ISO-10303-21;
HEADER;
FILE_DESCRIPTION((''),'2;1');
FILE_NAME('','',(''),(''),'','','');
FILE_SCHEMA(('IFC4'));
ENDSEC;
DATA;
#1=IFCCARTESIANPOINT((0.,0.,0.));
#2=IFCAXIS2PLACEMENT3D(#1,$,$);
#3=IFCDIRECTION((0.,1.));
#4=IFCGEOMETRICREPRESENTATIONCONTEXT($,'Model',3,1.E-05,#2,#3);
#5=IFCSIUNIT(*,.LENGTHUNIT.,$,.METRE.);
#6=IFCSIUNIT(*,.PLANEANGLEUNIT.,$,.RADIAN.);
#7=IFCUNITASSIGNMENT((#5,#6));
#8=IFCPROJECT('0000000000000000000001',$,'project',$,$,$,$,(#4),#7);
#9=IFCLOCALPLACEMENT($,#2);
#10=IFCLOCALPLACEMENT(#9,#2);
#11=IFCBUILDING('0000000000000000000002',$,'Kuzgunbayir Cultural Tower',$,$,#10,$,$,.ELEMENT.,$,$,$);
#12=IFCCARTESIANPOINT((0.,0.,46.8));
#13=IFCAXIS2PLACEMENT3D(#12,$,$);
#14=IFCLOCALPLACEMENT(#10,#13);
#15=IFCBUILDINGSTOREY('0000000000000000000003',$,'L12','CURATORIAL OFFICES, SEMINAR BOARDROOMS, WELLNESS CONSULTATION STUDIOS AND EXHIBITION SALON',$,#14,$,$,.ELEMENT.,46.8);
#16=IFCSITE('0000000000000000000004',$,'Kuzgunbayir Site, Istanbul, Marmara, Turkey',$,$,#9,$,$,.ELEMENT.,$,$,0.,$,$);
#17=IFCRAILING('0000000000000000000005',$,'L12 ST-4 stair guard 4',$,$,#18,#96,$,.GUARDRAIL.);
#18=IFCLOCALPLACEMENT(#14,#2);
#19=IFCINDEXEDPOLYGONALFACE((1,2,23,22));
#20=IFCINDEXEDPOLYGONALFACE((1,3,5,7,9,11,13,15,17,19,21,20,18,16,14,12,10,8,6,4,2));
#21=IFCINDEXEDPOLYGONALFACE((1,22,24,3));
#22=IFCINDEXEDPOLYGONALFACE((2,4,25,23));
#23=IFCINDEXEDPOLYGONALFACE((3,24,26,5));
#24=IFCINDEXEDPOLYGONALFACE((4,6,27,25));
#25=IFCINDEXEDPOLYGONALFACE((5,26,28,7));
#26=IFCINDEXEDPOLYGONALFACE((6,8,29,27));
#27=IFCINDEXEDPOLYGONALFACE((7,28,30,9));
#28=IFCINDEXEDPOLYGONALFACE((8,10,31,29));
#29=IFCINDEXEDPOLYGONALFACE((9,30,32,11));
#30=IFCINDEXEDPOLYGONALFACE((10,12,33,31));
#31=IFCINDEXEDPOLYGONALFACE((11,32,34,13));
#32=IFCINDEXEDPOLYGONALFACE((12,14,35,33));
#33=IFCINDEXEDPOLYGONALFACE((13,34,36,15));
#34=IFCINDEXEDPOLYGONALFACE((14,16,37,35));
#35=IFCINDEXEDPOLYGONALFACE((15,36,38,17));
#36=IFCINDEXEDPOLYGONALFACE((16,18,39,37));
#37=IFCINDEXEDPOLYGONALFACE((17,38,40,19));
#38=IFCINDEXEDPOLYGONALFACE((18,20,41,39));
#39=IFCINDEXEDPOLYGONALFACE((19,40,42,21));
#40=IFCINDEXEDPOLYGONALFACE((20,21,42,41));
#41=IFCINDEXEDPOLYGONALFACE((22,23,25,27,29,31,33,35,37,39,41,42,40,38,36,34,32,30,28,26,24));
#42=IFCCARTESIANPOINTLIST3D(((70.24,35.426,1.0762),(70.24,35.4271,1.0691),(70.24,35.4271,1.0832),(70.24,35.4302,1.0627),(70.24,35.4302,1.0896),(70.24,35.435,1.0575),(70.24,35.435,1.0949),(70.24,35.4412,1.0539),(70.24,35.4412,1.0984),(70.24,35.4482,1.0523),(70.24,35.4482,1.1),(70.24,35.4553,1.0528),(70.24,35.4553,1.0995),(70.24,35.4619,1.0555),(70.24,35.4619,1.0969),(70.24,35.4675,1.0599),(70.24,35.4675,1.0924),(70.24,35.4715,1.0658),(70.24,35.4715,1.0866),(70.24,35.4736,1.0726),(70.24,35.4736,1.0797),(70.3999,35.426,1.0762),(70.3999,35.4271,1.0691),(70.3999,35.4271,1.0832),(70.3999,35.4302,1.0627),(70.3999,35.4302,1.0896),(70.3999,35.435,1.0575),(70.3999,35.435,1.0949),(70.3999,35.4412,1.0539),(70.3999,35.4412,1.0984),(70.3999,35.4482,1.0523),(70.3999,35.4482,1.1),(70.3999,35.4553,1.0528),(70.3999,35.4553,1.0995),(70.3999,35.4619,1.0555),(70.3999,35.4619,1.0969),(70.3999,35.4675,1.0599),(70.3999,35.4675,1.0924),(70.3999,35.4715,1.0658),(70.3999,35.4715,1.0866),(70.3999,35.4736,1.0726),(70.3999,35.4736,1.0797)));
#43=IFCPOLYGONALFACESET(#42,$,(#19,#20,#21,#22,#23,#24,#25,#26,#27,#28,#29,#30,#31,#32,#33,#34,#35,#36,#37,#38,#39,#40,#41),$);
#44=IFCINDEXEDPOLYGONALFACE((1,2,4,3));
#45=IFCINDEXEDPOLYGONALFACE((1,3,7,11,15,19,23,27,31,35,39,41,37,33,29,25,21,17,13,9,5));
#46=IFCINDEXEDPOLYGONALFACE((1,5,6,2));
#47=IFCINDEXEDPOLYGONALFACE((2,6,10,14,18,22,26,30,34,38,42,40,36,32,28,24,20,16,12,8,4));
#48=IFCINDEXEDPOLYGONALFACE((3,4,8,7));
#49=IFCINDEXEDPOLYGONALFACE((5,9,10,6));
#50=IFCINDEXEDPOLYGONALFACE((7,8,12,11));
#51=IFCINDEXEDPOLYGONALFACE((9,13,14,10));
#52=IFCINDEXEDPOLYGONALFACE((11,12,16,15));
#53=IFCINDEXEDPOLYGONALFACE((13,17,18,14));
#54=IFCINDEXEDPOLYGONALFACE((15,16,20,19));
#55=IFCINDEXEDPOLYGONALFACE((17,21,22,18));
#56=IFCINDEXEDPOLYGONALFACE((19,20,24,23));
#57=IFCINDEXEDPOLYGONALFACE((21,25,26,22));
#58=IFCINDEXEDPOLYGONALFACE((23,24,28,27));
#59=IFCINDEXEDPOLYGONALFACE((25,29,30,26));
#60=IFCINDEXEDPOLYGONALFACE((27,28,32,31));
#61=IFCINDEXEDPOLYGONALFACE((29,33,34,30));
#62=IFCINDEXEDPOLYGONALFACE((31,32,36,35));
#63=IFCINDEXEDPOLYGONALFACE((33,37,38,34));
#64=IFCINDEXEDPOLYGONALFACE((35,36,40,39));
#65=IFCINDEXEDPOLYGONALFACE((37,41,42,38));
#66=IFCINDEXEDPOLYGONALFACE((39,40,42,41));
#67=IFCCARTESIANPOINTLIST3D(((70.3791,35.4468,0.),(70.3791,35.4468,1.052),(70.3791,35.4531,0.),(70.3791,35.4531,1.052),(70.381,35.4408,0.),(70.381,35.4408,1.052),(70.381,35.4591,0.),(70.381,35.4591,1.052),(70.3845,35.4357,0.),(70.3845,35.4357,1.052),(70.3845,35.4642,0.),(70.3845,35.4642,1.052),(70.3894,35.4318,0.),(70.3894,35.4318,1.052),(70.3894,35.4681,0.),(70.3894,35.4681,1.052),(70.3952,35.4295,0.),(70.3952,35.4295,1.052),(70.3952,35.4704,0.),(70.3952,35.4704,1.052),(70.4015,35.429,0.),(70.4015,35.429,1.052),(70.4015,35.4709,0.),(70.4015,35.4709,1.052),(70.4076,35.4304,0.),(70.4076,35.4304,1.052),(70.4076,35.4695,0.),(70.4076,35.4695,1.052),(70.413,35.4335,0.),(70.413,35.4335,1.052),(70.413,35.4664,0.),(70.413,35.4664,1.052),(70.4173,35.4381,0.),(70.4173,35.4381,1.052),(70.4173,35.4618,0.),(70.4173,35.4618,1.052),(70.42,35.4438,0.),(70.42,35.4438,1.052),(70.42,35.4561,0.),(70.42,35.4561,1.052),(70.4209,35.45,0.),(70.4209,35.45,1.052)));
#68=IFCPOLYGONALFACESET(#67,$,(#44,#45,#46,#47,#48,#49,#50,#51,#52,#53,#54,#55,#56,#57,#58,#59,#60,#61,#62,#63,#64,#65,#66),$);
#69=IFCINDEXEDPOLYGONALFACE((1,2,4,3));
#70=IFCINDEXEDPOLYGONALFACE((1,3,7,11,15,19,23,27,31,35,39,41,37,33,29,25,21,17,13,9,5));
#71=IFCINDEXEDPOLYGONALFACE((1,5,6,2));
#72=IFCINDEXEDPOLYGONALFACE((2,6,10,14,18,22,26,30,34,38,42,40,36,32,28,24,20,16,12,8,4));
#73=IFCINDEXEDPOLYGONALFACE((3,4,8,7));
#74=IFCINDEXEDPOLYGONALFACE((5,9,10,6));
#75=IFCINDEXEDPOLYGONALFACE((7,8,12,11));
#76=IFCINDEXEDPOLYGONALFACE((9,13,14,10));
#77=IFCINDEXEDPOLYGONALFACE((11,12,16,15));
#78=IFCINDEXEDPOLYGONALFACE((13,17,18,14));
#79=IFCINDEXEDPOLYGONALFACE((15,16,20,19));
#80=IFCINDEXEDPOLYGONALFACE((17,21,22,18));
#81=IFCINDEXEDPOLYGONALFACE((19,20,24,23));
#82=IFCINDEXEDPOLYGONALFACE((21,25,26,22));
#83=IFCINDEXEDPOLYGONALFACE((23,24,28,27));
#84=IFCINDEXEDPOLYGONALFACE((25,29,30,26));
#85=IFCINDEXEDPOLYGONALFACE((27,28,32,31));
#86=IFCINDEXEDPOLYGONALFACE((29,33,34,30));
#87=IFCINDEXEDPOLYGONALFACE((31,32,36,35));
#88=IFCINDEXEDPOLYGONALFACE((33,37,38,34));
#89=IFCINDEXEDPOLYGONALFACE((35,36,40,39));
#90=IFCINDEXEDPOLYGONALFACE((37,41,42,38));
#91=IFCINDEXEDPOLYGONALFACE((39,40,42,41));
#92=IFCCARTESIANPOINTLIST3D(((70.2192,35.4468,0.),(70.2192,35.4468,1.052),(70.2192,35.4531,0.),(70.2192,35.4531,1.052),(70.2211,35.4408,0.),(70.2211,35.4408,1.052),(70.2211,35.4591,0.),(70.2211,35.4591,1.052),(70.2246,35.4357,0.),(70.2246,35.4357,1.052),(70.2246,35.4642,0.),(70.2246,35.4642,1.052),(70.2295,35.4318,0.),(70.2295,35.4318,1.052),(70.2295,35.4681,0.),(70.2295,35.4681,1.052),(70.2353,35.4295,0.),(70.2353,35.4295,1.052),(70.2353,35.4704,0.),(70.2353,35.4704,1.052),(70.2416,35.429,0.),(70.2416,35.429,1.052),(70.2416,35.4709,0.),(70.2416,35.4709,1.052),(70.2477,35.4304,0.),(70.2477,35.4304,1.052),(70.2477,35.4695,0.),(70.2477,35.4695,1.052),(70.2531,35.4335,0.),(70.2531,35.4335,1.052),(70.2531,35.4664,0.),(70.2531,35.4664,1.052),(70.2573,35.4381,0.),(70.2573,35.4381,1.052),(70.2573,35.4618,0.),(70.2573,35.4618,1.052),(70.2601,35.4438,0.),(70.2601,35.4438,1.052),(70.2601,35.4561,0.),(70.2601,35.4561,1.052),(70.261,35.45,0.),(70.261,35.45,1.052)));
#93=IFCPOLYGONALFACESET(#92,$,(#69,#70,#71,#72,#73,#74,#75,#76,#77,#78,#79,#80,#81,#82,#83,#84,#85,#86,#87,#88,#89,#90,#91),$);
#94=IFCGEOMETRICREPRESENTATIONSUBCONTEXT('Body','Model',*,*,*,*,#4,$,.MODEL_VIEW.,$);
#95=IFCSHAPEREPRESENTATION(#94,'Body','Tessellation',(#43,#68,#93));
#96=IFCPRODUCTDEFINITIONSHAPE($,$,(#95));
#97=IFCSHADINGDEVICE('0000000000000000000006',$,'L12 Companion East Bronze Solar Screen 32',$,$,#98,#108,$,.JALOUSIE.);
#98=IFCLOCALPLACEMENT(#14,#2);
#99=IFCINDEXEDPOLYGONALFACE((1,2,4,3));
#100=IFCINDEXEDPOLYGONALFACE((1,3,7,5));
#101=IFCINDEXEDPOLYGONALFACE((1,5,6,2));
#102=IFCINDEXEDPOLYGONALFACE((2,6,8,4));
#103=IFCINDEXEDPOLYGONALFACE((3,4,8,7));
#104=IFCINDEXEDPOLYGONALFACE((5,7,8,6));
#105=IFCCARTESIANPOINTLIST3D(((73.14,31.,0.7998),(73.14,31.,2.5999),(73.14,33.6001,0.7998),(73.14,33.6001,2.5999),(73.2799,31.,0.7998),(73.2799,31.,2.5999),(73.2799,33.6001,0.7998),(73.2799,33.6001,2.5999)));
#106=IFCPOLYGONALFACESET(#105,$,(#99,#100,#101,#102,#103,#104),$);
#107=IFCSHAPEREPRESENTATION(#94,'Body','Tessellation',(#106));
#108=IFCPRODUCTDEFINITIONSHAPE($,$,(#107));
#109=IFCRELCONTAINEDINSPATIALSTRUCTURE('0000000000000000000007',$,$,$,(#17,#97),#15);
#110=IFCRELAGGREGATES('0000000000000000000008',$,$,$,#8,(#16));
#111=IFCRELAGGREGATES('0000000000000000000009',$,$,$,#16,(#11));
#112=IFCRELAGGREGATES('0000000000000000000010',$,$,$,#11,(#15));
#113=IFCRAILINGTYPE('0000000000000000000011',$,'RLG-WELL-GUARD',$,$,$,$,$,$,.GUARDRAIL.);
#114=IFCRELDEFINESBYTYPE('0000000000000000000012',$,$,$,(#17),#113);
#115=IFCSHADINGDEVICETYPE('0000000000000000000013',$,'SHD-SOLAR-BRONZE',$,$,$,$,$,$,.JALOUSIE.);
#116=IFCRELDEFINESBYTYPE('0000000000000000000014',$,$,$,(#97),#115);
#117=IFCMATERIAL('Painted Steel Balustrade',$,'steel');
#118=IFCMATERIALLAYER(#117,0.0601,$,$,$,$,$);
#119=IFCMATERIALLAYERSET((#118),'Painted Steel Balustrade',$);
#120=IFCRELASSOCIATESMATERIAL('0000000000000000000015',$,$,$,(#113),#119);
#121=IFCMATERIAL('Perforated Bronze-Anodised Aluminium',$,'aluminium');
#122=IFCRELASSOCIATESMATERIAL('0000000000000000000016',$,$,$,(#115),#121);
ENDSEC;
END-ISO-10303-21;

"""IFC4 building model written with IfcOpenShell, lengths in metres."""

from ifc_helpers import new_model, si_unit, direction, frame, origin, origin_2d, place, context, subcontext, project, spatial, rectangle, circle, extrude, material, layer, layer_set, type_object, element, save


model = new_model("IFC4")

# Units and contexts
model_context = context("Model", 3, precision=1e-05, world=origin(), true_north=direction((0.0, 1.0)))
body_context = subcontext(model_context, "Body", "Model", "MODEL_VIEW")
ifc_project = project(units=[si_unit("LENGTHUNIT", "METRE"), si_unit("PLANEANGLEUNIT", "RADIAN")], contexts=[model_context])

# Site, building, storey
site_placement = place(None, origin())
site = spatial("IfcSite", under=ifc_project, at=site_placement, Name="Kuzgunbayir Site, Istanbul, Marmara, Turkey", CompositionType="ELEMENT", RefElevation=0.0)
building_placement = place(site_placement, origin())
building = spatial("IfcBuilding", under=site, at=building_placement, Name="Kuzgunbayir Cultural Tower", CompositionType="ELEMENT")
storey_placement = place(building_placement, frame((0.0, 0.0, 46.8)))
storey = spatial("IfcBuildingStorey", under=building, at=storey_placement, Name="L12", Description="CURATORIAL OFFICES, SEMINAR BOARDROOMS, WELLNESS CONSULTATION STUDIOS AND EXHIBITION SALON", CompositionType="ELEMENT", Elevation=46.8)

# Shared definitions
ifc_material_1 = material(Name="Perforated Bronze-Anodised Aluminium", Category="aluminium")

# Railing
ifc_material_2 = material(Name="Painted Steel Balustrade", Category="steel")
ifc_layer_1 = layer(ifc_material_2, 0.0601)
ifc_layer_set_1 = layer_set([ifc_layer_1], Name="Painted Steel Balustrade")
railing_type = type_object("IfcRailingType", Name="RLG-WELL-GUARD", PredefinedType="GUARDRAIL", material=ifc_layer_set_1)
railing_1_placement = place(storey_placement, frame((70.3999, 35.45, 0.0)))
element("IfcRailing", 1, at=railing_1_placement, inside=storey, type_object=railing_type, Name="L12 ST-4 stair guard 4", PredefinedType="GUARDRAIL", context=body_context, shape_type="SweptSolid", body=[
    extrude(circle(Radius=0.0239, at=origin_2d()), frame((0.0, 0.0, 1.0762), z_axis=(-1.0, 0.0, 0.0), x_axis=(0.0, -1.0, 0.0)), (0.0, 0.0, 1.0), 0.1599),
    extrude(circle(Radius=0.021, at=origin_2d()), origin(), (0.0, 0.0, 1.0), 1.052),
    extrude(circle(Radius=0.021, at=origin_2d()), frame((-0.1599, 0.0, 0.0)), (0.0, 0.0, 1.0), 1.052),
])

# Shading device
shading_device_type = type_object("IfcShadingDeviceType", Name="SHD-SOLAR-BRONZE", PredefinedType="JALOUSIE", material=ifc_material_1)
shading_device_placement = place(storey_placement, frame((73.21, 32.3, 0.7998), z_axis=(0.0, 0.0, 1.0), x_axis=(1.0, 0.0, 0.0)))
element("IfcShadingDevice", 2, at=shading_device_placement, inside=storey, type_object=shading_device_type, Name="L12 Companion East Bronze Solar Screen 32", PredefinedType="JALOUSIE", context=body_context, shape_type="SweptSolid", body=[
    extrude(rectangle(XDim=0.1399, YDim=2.6001, at=origin_2d()), origin(), (0.0, 0.0, 1.0), 1.8),
])

save(model, "model.ifc")
